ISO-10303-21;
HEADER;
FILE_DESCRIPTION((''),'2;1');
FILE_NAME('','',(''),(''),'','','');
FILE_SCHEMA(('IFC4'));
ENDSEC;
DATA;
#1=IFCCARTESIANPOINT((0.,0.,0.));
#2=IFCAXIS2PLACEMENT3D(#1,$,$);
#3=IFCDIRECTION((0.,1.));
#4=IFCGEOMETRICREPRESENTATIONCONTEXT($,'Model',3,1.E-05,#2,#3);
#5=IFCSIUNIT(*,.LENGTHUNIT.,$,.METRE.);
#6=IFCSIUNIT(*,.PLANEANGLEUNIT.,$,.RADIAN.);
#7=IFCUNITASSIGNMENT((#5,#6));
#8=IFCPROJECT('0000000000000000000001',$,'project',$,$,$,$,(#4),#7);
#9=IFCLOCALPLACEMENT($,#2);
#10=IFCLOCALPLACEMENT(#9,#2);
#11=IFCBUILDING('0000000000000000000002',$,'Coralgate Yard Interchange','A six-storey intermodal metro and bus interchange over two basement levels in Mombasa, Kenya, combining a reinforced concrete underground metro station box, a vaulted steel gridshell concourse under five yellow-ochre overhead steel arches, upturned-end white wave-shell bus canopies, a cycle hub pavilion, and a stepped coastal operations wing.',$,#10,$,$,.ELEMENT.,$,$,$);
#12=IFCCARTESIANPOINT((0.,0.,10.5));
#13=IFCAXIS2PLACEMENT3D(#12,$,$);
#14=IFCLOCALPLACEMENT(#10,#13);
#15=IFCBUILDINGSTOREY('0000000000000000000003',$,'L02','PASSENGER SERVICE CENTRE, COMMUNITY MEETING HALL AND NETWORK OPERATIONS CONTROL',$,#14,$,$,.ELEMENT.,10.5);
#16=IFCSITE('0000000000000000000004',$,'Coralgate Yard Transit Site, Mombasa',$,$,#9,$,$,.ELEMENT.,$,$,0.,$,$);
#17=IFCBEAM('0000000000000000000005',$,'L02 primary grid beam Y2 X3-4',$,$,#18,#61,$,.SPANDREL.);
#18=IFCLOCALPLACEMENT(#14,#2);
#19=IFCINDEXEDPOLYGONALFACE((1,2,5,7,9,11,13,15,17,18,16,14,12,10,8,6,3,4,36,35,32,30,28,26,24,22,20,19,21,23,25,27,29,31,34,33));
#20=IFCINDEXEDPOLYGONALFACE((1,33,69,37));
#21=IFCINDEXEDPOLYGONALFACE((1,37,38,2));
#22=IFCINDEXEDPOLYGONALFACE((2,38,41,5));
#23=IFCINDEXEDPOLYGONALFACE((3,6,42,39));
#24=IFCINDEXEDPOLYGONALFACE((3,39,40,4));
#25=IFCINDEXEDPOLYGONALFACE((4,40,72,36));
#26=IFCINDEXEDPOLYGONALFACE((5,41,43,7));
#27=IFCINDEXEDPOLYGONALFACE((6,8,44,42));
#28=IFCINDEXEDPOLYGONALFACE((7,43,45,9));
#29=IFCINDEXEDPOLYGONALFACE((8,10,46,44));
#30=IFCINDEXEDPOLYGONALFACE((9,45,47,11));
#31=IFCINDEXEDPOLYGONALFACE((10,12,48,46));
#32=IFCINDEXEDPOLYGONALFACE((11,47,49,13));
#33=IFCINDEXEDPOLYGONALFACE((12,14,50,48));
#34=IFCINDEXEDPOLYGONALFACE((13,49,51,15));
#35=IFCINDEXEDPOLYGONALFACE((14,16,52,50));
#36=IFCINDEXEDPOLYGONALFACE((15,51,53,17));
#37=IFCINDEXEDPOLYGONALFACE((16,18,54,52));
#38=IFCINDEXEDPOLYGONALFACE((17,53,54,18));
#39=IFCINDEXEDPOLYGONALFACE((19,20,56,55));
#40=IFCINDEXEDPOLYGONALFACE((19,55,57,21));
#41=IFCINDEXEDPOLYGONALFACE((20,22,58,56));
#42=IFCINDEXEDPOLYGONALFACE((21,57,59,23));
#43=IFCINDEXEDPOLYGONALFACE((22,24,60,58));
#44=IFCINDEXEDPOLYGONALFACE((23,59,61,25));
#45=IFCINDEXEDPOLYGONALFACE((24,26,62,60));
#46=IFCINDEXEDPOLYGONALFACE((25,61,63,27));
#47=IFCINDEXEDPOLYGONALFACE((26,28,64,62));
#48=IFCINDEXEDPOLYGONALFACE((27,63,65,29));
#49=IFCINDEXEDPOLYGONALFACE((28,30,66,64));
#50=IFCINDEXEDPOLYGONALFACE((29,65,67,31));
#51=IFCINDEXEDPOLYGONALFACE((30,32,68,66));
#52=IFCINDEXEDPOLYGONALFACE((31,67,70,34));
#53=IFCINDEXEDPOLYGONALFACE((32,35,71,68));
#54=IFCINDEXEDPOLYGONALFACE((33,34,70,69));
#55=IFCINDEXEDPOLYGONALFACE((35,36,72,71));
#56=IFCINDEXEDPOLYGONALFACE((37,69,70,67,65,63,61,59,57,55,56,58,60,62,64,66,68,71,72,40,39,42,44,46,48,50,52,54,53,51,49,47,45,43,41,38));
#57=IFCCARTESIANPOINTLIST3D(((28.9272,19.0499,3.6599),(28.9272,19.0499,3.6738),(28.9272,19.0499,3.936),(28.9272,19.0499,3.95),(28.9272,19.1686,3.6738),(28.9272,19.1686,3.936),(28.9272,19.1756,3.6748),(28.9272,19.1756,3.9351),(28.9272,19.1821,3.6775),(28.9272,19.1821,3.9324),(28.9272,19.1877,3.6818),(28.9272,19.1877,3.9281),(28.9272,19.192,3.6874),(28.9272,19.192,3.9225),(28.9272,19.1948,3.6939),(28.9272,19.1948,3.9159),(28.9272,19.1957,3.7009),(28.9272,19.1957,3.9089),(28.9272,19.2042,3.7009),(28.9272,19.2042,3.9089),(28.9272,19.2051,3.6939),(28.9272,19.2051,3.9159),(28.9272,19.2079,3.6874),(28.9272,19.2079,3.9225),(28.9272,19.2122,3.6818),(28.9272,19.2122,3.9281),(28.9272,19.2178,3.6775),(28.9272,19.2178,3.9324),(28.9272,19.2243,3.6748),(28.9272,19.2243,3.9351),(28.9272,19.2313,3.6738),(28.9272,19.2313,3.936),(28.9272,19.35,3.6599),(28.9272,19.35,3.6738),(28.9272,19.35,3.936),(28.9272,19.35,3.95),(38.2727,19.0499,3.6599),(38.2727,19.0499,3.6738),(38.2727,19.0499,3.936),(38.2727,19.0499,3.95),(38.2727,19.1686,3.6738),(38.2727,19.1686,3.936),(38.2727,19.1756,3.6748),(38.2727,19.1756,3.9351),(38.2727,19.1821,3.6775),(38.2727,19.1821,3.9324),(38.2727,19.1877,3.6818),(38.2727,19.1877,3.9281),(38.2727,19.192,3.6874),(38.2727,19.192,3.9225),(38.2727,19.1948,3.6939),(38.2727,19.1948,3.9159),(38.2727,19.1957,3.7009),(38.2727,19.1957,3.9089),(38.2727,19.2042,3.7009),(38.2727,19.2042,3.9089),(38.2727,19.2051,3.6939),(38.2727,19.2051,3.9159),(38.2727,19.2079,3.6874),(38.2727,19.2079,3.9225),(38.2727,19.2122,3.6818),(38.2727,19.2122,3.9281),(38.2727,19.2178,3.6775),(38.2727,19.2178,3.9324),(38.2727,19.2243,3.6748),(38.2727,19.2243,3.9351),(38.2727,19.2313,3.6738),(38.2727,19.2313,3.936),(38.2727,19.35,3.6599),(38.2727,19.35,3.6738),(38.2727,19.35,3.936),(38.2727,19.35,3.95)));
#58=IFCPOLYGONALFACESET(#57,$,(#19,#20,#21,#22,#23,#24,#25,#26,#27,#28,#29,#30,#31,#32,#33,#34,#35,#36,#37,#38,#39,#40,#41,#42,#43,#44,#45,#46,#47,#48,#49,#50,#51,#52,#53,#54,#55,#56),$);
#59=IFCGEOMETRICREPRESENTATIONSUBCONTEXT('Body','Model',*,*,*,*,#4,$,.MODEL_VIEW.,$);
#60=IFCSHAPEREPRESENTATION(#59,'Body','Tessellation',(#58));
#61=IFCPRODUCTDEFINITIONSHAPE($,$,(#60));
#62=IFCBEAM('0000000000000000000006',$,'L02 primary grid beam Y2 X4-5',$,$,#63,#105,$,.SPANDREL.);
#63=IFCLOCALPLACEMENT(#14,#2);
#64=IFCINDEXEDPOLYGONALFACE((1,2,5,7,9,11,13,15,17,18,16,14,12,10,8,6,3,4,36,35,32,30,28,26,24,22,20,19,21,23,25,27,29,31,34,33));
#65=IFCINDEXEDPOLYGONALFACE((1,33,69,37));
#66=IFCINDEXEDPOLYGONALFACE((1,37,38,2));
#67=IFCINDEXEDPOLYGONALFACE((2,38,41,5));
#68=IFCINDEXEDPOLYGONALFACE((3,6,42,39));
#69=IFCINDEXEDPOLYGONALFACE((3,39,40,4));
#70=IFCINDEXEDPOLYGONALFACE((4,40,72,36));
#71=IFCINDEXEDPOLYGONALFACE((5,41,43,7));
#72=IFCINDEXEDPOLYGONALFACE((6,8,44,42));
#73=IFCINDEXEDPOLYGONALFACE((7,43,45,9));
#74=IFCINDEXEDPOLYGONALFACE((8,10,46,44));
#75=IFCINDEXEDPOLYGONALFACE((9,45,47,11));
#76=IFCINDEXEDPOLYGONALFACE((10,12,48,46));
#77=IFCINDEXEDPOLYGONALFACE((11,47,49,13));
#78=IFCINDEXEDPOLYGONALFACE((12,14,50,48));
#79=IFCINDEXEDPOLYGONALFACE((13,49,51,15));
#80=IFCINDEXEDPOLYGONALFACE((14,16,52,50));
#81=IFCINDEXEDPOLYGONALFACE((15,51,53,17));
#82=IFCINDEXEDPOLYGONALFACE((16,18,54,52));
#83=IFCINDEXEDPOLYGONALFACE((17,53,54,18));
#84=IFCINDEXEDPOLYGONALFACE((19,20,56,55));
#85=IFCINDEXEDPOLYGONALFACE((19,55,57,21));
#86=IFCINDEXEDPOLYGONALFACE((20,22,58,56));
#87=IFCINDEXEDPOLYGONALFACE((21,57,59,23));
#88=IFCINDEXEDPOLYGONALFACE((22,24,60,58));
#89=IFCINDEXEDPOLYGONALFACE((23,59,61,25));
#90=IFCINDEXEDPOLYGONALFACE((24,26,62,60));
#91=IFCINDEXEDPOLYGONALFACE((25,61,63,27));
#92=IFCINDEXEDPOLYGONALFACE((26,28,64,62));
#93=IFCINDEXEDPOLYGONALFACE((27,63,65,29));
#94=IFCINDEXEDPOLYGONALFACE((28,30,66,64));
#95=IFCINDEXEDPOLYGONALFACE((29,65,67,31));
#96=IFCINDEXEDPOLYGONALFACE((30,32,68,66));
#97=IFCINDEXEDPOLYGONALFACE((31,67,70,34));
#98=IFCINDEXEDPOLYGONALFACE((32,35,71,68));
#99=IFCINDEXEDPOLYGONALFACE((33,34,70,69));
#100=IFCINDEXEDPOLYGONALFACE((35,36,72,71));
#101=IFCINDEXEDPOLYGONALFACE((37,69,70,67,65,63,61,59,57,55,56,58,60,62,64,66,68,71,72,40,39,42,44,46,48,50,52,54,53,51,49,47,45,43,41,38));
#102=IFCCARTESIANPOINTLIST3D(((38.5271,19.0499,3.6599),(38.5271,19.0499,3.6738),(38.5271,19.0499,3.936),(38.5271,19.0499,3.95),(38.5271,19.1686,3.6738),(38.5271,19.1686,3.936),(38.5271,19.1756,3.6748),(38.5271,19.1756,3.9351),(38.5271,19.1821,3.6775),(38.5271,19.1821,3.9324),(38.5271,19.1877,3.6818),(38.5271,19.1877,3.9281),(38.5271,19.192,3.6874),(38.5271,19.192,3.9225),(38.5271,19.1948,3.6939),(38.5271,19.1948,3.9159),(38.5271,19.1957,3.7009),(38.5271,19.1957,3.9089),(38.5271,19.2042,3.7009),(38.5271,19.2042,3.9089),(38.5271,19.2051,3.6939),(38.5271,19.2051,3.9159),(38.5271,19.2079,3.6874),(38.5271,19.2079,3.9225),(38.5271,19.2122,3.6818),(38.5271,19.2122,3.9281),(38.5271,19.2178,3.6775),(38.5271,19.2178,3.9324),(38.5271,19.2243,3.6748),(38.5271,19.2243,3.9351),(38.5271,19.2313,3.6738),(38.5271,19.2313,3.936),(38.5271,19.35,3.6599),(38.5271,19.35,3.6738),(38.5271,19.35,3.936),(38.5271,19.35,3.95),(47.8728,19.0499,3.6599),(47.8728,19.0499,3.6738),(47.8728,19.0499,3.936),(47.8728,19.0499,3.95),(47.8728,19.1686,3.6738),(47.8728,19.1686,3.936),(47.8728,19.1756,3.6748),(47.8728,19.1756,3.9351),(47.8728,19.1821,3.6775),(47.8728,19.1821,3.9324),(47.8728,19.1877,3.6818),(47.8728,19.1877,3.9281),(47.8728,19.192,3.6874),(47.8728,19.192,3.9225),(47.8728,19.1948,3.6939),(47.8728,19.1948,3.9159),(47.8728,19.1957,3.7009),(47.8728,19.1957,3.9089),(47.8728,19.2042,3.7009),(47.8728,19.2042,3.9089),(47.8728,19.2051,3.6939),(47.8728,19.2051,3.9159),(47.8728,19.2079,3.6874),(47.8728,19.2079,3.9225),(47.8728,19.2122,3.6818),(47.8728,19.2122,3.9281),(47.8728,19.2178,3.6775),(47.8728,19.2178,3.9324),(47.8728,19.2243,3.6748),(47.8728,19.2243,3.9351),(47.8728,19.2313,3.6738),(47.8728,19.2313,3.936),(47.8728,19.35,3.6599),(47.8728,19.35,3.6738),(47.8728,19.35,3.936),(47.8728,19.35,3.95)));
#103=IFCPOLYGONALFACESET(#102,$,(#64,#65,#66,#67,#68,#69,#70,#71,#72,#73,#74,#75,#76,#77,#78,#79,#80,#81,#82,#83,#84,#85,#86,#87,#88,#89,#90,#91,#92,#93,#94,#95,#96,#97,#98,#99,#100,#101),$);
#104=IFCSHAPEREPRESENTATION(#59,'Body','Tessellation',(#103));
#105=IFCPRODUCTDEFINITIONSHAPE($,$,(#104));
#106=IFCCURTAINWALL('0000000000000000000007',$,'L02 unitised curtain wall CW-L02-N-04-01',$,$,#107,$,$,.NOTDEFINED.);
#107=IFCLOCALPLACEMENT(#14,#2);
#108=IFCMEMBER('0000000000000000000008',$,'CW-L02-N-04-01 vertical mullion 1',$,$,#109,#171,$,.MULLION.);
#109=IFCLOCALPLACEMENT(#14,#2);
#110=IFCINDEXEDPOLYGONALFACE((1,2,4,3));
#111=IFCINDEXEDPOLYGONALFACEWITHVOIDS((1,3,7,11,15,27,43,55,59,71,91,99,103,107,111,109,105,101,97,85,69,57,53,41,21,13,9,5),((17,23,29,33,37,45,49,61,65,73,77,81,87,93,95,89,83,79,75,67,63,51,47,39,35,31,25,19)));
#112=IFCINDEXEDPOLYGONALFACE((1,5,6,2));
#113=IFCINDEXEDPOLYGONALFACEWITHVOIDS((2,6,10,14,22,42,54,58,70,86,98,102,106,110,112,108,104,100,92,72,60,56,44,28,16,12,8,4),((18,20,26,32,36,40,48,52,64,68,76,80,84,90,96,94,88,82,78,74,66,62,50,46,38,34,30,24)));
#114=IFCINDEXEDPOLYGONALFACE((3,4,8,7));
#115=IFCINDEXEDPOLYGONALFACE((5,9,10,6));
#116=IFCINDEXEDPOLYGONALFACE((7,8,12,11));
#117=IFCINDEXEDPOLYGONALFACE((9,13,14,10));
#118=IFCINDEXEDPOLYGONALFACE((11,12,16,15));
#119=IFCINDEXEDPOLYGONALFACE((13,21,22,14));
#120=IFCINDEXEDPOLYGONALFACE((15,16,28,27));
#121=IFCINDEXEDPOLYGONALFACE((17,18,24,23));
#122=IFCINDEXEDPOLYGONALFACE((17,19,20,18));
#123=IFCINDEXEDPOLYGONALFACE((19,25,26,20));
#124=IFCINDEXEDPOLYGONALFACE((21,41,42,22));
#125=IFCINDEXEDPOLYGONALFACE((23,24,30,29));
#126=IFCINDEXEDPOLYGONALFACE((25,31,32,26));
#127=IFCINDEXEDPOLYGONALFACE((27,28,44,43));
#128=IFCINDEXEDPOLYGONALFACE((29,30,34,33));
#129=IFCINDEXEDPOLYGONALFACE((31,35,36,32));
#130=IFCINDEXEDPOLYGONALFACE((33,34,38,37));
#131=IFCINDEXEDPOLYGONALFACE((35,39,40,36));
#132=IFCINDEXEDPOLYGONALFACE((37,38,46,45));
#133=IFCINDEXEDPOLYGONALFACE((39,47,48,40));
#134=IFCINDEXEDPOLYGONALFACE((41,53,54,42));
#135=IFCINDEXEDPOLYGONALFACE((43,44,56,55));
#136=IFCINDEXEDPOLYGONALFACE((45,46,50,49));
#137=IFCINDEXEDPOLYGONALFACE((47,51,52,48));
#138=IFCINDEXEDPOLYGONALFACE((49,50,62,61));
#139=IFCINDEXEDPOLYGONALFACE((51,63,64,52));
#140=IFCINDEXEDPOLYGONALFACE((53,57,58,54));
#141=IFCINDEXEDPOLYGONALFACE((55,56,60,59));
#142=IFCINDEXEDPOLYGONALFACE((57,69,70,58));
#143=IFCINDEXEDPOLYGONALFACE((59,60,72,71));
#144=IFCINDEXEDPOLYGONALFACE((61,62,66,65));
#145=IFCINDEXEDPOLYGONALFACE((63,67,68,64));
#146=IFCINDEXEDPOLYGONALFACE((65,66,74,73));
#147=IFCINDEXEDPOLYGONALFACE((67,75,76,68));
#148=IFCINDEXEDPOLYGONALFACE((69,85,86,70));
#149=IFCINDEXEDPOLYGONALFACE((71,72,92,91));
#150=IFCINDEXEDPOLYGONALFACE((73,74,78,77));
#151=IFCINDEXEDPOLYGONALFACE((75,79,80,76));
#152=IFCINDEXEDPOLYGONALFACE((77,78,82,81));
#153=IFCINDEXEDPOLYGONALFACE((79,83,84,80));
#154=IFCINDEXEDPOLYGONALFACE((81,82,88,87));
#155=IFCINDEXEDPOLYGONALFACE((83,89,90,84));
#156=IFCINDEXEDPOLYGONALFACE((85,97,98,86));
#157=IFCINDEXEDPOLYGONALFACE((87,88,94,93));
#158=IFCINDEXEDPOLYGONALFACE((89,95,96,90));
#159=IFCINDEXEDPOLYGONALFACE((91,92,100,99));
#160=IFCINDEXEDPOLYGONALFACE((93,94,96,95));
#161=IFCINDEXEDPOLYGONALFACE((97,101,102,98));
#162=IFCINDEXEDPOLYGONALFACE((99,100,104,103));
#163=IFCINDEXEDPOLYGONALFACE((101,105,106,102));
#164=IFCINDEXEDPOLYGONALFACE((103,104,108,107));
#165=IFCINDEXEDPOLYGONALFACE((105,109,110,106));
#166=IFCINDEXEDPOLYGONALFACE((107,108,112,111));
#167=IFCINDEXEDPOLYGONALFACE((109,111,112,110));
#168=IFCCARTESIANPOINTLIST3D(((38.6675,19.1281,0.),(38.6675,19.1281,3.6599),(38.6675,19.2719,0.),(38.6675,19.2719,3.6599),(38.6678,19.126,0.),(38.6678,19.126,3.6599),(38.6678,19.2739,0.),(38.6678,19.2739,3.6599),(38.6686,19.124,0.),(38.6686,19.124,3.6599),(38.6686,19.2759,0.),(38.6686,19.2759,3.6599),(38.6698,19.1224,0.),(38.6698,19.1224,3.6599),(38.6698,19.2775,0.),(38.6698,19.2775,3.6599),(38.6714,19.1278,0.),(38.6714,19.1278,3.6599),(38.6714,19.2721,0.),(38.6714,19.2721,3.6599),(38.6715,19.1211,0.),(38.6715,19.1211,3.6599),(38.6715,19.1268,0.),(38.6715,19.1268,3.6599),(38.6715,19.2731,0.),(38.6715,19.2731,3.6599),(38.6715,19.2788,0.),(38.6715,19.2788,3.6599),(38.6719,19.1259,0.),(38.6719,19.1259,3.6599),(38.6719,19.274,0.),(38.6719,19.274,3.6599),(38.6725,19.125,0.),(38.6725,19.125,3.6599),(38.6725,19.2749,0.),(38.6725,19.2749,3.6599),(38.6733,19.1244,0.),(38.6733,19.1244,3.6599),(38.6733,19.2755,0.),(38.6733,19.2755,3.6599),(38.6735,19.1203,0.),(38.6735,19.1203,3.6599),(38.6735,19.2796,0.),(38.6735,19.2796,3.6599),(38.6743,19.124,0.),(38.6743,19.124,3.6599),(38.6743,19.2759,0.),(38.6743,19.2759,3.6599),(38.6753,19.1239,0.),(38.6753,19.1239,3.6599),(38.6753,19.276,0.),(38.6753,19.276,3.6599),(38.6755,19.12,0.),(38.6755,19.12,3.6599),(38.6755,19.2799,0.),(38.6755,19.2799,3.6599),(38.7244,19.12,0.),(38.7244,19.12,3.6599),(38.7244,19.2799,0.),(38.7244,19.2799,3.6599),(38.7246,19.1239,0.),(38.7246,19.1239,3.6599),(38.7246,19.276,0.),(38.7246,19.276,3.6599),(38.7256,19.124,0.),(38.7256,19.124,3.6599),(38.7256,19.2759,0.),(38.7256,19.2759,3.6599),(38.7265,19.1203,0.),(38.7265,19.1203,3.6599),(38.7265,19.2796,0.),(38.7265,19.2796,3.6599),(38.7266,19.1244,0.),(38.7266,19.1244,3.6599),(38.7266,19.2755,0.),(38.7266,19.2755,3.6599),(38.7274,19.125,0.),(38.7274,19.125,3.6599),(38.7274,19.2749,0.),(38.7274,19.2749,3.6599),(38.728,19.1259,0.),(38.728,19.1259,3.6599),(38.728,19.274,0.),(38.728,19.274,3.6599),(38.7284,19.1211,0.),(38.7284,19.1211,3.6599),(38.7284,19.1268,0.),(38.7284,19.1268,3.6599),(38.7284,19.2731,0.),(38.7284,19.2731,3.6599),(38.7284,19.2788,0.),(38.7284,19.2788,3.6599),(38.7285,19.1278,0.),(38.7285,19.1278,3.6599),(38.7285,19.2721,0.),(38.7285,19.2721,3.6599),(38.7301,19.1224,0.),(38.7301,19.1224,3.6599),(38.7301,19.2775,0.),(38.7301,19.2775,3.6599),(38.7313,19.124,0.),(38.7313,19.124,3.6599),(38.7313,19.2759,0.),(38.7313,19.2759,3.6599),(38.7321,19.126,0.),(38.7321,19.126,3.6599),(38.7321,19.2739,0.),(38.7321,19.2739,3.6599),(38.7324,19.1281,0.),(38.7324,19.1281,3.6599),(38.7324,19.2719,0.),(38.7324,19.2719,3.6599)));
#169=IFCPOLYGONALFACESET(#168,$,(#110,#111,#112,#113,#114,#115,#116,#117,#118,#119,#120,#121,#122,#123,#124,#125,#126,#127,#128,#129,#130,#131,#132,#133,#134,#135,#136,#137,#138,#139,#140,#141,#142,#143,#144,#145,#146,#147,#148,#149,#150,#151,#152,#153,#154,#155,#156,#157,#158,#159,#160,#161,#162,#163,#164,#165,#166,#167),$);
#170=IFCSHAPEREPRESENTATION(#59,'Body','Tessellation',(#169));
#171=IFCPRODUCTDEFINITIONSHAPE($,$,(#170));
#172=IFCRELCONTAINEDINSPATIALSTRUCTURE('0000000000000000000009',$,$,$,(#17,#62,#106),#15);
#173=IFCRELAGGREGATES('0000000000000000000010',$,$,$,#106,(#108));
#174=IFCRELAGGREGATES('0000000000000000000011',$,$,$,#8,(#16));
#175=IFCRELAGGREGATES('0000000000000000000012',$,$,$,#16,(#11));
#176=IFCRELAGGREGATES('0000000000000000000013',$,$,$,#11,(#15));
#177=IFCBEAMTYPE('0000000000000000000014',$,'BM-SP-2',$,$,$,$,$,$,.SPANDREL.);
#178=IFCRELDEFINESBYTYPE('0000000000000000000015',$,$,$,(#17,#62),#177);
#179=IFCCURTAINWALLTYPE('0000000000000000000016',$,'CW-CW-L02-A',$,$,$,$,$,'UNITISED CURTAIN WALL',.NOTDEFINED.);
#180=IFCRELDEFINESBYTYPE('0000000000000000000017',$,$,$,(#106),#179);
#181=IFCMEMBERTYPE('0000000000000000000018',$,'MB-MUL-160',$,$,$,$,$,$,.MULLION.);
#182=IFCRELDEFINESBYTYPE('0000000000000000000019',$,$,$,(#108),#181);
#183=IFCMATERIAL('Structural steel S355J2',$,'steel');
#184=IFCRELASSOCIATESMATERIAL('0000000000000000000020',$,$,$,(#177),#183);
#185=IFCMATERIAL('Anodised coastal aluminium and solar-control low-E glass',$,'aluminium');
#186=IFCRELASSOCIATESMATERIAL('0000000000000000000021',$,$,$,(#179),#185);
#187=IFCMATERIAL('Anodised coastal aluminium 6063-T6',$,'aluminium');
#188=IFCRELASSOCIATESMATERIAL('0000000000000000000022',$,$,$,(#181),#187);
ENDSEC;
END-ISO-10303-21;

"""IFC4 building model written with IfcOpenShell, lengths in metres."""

from ifc_helpers import new_model, si_unit, direction, frame, origin, origin_2d, place, context, subcontext, project, spatial, hollow_rectangle, i_section, extrude, material, material_profile, profile_set, type_object, element, aggregate, save


model = new_model("IFC4")

# Units and contexts
model_context = context("Model", 3, precision=1e-05, world=origin(), true_north=direction((0.0, 1.0)))
body_context = subcontext(model_context, "Body", "Model", "MODEL_VIEW")
ifc_project = project(units=[si_unit("LENGTHUNIT", "METRE"), si_unit("PLANEANGLEUNIT", "RADIAN")], contexts=[model_context])

# Site, building, storey
site_placement = place(None, origin())
site = spatial("IfcSite", under=ifc_project, at=site_placement, Name="Coralgate Yard Transit Site, Mombasa", CompositionType="ELEMENT", RefElevation=0.0)
building_placement = place(site_placement, origin())
building = spatial("IfcBuilding", under=site, at=building_placement, Name="Coralgate Yard Interchange", Description="A six-storey intermodal metro and bus interchange over two basement levels in Mombasa, Kenya, combining a reinforced concrete underground metro station box, a vaulted steel gridshell concourse under five yellow-ochre overhead steel arches, upturned-end white wave-shell bus canopies, a cycle hub pavilion, and a stepped coastal operations wing.", CompositionType="ELEMENT")
storey_placement = place(building_placement, frame((0.0, 0.0, 10.5)))
storey = spatial("IfcBuildingStorey", under=building, at=storey_placement, Name="L02", Description="PASSENGER SERVICE CENTRE, COMMUNITY MEETING HALL AND NETWORK OPERATIONS CONTROL", CompositionType="ELEMENT", Elevation=10.5)

# Shared definitions
ifc_material_1 = material(Name="Structural steel S355J2", Category="steel")

# Beams
ifc_material_profile_1 = material_profile(ifc_material_1, i_section(OverallWidth=0.3, OverallDepth=0.29, WebThickness=0.0085, FlangeThickness=0.0139, FilletRadius=0.0271, at=origin_2d()), Name="HEA 300")
ifc_profile_set_1 = profile_set([ifc_material_profile_1], Name="Structural steel S355J2")
beam_type_1 = type_object("IfcBeamType", Name="BM-SP-2", PredefinedType="SPANDREL", material=ifc_profile_set_1)
beam_1_placement = place(storey_placement, frame((28.9272, 19.2, 3.8049), z_axis=(1.0, 0.0, 0.0), x_axis=(0.0, 1.0, 0.0)))
element("IfcBeam", 1, at=beam_1_placement, inside=storey, type_object=beam_type_1, Name="L02 primary grid beam Y2 X3-4", PredefinedType="SPANDREL", context=body_context, shape_type="SweptSolid", body=[
    extrude(i_section(OverallWidth=0.3, OverallDepth=0.29, WebThickness=0.0085, FlangeThickness=0.0139, FilletRadius=0.0271, at=origin_2d()), origin(), (0.0, 0.0, 1.0), 9.3455),
])
beam_2_placement = place(storey_placement, frame((38.5271, 19.2, 3.8049), z_axis=(1.0, 0.0, 0.0), x_axis=(0.0, 1.0, 0.0)))
element("IfcBeam", 2, at=beam_2_placement, inside=storey, type_object=beam_type_1, Name="L02 primary grid beam Y2 X4-5", PredefinedType="SPANDREL", context=body_context, shape_type="SweptSolid", body=[
    extrude(i_section(OverallWidth=0.3, OverallDepth=0.29, WebThickness=0.0085, FlangeThickness=0.0139, FilletRadius=0.0271, at=origin_2d()), origin(), (0.0, 0.0, 1.0), 9.3457),
])

# Curtain wall, member
ifc_material_2 = material(Name="Anodised coastal aluminium and solar-control low-E glass", Category="aluminium")
curtain_wall_type = type_object("IfcCurtainWallType", Name="CW-CW-L02-A", ElementType="UNITISED CURTAIN WALL", PredefinedType="NOTDEFINED", material=ifc_material_2)
curtain_wall_placement = place(storey_placement, origin())
curtain_wall = element("IfcCurtainWall", 3, at=curtain_wall_placement, inside=storey, type_object=curtain_wall_type, Name="L02 unitised curtain wall CW-L02-N-04-01", PredefinedType="NOTDEFINED")
ifc_material_3 = material(Name="Anodised coastal aluminium 6063-T6", Category="aluminium")
ifc_material_profile_2 = material_profile(ifc_material_3, hollow_rectangle(XDim=0.0649, YDim=0.1599, WallThickness=0.0039, InnerFilletRadius=0.0039, OuterFilletRadius=0.0081, at=origin_2d()), Name="ALU 65x160x4")
ifc_profile_set_2 = profile_set([ifc_material_profile_2], Name="Anodised coastal aluminium 6063-T6")
member_type_1 = type_object("IfcMemberType", Name="MB-MUL-160", PredefinedType="MULLION", material=ifc_profile_set_2)
member_1_placement = place(storey_placement, frame((38.7, 19.2, 0.0), z_axis=(0.0, 0.0, 1.0), x_axis=(1.0, 0.0, 0.0)))
member_1 = element("IfcMember", 4, at=member_1_placement, type_object=member_type_1, Name="CW-L02-N-04-01 vertical mullion 1", PredefinedType="MULLION", context=body_context, shape_type="SweptSolid", body=[
    extrude(hollow_rectangle(XDim=0.0649, YDim=0.1599, WallThickness=0.0039, InnerFilletRadius=0.0039, OuterFilletRadius=0.0081, at=origin_2d()), origin(), (0.0, 0.0, 1.0), 3.6599),
])
aggregate(curtain_wall, [member_1])

save(model, "model.ifc")
